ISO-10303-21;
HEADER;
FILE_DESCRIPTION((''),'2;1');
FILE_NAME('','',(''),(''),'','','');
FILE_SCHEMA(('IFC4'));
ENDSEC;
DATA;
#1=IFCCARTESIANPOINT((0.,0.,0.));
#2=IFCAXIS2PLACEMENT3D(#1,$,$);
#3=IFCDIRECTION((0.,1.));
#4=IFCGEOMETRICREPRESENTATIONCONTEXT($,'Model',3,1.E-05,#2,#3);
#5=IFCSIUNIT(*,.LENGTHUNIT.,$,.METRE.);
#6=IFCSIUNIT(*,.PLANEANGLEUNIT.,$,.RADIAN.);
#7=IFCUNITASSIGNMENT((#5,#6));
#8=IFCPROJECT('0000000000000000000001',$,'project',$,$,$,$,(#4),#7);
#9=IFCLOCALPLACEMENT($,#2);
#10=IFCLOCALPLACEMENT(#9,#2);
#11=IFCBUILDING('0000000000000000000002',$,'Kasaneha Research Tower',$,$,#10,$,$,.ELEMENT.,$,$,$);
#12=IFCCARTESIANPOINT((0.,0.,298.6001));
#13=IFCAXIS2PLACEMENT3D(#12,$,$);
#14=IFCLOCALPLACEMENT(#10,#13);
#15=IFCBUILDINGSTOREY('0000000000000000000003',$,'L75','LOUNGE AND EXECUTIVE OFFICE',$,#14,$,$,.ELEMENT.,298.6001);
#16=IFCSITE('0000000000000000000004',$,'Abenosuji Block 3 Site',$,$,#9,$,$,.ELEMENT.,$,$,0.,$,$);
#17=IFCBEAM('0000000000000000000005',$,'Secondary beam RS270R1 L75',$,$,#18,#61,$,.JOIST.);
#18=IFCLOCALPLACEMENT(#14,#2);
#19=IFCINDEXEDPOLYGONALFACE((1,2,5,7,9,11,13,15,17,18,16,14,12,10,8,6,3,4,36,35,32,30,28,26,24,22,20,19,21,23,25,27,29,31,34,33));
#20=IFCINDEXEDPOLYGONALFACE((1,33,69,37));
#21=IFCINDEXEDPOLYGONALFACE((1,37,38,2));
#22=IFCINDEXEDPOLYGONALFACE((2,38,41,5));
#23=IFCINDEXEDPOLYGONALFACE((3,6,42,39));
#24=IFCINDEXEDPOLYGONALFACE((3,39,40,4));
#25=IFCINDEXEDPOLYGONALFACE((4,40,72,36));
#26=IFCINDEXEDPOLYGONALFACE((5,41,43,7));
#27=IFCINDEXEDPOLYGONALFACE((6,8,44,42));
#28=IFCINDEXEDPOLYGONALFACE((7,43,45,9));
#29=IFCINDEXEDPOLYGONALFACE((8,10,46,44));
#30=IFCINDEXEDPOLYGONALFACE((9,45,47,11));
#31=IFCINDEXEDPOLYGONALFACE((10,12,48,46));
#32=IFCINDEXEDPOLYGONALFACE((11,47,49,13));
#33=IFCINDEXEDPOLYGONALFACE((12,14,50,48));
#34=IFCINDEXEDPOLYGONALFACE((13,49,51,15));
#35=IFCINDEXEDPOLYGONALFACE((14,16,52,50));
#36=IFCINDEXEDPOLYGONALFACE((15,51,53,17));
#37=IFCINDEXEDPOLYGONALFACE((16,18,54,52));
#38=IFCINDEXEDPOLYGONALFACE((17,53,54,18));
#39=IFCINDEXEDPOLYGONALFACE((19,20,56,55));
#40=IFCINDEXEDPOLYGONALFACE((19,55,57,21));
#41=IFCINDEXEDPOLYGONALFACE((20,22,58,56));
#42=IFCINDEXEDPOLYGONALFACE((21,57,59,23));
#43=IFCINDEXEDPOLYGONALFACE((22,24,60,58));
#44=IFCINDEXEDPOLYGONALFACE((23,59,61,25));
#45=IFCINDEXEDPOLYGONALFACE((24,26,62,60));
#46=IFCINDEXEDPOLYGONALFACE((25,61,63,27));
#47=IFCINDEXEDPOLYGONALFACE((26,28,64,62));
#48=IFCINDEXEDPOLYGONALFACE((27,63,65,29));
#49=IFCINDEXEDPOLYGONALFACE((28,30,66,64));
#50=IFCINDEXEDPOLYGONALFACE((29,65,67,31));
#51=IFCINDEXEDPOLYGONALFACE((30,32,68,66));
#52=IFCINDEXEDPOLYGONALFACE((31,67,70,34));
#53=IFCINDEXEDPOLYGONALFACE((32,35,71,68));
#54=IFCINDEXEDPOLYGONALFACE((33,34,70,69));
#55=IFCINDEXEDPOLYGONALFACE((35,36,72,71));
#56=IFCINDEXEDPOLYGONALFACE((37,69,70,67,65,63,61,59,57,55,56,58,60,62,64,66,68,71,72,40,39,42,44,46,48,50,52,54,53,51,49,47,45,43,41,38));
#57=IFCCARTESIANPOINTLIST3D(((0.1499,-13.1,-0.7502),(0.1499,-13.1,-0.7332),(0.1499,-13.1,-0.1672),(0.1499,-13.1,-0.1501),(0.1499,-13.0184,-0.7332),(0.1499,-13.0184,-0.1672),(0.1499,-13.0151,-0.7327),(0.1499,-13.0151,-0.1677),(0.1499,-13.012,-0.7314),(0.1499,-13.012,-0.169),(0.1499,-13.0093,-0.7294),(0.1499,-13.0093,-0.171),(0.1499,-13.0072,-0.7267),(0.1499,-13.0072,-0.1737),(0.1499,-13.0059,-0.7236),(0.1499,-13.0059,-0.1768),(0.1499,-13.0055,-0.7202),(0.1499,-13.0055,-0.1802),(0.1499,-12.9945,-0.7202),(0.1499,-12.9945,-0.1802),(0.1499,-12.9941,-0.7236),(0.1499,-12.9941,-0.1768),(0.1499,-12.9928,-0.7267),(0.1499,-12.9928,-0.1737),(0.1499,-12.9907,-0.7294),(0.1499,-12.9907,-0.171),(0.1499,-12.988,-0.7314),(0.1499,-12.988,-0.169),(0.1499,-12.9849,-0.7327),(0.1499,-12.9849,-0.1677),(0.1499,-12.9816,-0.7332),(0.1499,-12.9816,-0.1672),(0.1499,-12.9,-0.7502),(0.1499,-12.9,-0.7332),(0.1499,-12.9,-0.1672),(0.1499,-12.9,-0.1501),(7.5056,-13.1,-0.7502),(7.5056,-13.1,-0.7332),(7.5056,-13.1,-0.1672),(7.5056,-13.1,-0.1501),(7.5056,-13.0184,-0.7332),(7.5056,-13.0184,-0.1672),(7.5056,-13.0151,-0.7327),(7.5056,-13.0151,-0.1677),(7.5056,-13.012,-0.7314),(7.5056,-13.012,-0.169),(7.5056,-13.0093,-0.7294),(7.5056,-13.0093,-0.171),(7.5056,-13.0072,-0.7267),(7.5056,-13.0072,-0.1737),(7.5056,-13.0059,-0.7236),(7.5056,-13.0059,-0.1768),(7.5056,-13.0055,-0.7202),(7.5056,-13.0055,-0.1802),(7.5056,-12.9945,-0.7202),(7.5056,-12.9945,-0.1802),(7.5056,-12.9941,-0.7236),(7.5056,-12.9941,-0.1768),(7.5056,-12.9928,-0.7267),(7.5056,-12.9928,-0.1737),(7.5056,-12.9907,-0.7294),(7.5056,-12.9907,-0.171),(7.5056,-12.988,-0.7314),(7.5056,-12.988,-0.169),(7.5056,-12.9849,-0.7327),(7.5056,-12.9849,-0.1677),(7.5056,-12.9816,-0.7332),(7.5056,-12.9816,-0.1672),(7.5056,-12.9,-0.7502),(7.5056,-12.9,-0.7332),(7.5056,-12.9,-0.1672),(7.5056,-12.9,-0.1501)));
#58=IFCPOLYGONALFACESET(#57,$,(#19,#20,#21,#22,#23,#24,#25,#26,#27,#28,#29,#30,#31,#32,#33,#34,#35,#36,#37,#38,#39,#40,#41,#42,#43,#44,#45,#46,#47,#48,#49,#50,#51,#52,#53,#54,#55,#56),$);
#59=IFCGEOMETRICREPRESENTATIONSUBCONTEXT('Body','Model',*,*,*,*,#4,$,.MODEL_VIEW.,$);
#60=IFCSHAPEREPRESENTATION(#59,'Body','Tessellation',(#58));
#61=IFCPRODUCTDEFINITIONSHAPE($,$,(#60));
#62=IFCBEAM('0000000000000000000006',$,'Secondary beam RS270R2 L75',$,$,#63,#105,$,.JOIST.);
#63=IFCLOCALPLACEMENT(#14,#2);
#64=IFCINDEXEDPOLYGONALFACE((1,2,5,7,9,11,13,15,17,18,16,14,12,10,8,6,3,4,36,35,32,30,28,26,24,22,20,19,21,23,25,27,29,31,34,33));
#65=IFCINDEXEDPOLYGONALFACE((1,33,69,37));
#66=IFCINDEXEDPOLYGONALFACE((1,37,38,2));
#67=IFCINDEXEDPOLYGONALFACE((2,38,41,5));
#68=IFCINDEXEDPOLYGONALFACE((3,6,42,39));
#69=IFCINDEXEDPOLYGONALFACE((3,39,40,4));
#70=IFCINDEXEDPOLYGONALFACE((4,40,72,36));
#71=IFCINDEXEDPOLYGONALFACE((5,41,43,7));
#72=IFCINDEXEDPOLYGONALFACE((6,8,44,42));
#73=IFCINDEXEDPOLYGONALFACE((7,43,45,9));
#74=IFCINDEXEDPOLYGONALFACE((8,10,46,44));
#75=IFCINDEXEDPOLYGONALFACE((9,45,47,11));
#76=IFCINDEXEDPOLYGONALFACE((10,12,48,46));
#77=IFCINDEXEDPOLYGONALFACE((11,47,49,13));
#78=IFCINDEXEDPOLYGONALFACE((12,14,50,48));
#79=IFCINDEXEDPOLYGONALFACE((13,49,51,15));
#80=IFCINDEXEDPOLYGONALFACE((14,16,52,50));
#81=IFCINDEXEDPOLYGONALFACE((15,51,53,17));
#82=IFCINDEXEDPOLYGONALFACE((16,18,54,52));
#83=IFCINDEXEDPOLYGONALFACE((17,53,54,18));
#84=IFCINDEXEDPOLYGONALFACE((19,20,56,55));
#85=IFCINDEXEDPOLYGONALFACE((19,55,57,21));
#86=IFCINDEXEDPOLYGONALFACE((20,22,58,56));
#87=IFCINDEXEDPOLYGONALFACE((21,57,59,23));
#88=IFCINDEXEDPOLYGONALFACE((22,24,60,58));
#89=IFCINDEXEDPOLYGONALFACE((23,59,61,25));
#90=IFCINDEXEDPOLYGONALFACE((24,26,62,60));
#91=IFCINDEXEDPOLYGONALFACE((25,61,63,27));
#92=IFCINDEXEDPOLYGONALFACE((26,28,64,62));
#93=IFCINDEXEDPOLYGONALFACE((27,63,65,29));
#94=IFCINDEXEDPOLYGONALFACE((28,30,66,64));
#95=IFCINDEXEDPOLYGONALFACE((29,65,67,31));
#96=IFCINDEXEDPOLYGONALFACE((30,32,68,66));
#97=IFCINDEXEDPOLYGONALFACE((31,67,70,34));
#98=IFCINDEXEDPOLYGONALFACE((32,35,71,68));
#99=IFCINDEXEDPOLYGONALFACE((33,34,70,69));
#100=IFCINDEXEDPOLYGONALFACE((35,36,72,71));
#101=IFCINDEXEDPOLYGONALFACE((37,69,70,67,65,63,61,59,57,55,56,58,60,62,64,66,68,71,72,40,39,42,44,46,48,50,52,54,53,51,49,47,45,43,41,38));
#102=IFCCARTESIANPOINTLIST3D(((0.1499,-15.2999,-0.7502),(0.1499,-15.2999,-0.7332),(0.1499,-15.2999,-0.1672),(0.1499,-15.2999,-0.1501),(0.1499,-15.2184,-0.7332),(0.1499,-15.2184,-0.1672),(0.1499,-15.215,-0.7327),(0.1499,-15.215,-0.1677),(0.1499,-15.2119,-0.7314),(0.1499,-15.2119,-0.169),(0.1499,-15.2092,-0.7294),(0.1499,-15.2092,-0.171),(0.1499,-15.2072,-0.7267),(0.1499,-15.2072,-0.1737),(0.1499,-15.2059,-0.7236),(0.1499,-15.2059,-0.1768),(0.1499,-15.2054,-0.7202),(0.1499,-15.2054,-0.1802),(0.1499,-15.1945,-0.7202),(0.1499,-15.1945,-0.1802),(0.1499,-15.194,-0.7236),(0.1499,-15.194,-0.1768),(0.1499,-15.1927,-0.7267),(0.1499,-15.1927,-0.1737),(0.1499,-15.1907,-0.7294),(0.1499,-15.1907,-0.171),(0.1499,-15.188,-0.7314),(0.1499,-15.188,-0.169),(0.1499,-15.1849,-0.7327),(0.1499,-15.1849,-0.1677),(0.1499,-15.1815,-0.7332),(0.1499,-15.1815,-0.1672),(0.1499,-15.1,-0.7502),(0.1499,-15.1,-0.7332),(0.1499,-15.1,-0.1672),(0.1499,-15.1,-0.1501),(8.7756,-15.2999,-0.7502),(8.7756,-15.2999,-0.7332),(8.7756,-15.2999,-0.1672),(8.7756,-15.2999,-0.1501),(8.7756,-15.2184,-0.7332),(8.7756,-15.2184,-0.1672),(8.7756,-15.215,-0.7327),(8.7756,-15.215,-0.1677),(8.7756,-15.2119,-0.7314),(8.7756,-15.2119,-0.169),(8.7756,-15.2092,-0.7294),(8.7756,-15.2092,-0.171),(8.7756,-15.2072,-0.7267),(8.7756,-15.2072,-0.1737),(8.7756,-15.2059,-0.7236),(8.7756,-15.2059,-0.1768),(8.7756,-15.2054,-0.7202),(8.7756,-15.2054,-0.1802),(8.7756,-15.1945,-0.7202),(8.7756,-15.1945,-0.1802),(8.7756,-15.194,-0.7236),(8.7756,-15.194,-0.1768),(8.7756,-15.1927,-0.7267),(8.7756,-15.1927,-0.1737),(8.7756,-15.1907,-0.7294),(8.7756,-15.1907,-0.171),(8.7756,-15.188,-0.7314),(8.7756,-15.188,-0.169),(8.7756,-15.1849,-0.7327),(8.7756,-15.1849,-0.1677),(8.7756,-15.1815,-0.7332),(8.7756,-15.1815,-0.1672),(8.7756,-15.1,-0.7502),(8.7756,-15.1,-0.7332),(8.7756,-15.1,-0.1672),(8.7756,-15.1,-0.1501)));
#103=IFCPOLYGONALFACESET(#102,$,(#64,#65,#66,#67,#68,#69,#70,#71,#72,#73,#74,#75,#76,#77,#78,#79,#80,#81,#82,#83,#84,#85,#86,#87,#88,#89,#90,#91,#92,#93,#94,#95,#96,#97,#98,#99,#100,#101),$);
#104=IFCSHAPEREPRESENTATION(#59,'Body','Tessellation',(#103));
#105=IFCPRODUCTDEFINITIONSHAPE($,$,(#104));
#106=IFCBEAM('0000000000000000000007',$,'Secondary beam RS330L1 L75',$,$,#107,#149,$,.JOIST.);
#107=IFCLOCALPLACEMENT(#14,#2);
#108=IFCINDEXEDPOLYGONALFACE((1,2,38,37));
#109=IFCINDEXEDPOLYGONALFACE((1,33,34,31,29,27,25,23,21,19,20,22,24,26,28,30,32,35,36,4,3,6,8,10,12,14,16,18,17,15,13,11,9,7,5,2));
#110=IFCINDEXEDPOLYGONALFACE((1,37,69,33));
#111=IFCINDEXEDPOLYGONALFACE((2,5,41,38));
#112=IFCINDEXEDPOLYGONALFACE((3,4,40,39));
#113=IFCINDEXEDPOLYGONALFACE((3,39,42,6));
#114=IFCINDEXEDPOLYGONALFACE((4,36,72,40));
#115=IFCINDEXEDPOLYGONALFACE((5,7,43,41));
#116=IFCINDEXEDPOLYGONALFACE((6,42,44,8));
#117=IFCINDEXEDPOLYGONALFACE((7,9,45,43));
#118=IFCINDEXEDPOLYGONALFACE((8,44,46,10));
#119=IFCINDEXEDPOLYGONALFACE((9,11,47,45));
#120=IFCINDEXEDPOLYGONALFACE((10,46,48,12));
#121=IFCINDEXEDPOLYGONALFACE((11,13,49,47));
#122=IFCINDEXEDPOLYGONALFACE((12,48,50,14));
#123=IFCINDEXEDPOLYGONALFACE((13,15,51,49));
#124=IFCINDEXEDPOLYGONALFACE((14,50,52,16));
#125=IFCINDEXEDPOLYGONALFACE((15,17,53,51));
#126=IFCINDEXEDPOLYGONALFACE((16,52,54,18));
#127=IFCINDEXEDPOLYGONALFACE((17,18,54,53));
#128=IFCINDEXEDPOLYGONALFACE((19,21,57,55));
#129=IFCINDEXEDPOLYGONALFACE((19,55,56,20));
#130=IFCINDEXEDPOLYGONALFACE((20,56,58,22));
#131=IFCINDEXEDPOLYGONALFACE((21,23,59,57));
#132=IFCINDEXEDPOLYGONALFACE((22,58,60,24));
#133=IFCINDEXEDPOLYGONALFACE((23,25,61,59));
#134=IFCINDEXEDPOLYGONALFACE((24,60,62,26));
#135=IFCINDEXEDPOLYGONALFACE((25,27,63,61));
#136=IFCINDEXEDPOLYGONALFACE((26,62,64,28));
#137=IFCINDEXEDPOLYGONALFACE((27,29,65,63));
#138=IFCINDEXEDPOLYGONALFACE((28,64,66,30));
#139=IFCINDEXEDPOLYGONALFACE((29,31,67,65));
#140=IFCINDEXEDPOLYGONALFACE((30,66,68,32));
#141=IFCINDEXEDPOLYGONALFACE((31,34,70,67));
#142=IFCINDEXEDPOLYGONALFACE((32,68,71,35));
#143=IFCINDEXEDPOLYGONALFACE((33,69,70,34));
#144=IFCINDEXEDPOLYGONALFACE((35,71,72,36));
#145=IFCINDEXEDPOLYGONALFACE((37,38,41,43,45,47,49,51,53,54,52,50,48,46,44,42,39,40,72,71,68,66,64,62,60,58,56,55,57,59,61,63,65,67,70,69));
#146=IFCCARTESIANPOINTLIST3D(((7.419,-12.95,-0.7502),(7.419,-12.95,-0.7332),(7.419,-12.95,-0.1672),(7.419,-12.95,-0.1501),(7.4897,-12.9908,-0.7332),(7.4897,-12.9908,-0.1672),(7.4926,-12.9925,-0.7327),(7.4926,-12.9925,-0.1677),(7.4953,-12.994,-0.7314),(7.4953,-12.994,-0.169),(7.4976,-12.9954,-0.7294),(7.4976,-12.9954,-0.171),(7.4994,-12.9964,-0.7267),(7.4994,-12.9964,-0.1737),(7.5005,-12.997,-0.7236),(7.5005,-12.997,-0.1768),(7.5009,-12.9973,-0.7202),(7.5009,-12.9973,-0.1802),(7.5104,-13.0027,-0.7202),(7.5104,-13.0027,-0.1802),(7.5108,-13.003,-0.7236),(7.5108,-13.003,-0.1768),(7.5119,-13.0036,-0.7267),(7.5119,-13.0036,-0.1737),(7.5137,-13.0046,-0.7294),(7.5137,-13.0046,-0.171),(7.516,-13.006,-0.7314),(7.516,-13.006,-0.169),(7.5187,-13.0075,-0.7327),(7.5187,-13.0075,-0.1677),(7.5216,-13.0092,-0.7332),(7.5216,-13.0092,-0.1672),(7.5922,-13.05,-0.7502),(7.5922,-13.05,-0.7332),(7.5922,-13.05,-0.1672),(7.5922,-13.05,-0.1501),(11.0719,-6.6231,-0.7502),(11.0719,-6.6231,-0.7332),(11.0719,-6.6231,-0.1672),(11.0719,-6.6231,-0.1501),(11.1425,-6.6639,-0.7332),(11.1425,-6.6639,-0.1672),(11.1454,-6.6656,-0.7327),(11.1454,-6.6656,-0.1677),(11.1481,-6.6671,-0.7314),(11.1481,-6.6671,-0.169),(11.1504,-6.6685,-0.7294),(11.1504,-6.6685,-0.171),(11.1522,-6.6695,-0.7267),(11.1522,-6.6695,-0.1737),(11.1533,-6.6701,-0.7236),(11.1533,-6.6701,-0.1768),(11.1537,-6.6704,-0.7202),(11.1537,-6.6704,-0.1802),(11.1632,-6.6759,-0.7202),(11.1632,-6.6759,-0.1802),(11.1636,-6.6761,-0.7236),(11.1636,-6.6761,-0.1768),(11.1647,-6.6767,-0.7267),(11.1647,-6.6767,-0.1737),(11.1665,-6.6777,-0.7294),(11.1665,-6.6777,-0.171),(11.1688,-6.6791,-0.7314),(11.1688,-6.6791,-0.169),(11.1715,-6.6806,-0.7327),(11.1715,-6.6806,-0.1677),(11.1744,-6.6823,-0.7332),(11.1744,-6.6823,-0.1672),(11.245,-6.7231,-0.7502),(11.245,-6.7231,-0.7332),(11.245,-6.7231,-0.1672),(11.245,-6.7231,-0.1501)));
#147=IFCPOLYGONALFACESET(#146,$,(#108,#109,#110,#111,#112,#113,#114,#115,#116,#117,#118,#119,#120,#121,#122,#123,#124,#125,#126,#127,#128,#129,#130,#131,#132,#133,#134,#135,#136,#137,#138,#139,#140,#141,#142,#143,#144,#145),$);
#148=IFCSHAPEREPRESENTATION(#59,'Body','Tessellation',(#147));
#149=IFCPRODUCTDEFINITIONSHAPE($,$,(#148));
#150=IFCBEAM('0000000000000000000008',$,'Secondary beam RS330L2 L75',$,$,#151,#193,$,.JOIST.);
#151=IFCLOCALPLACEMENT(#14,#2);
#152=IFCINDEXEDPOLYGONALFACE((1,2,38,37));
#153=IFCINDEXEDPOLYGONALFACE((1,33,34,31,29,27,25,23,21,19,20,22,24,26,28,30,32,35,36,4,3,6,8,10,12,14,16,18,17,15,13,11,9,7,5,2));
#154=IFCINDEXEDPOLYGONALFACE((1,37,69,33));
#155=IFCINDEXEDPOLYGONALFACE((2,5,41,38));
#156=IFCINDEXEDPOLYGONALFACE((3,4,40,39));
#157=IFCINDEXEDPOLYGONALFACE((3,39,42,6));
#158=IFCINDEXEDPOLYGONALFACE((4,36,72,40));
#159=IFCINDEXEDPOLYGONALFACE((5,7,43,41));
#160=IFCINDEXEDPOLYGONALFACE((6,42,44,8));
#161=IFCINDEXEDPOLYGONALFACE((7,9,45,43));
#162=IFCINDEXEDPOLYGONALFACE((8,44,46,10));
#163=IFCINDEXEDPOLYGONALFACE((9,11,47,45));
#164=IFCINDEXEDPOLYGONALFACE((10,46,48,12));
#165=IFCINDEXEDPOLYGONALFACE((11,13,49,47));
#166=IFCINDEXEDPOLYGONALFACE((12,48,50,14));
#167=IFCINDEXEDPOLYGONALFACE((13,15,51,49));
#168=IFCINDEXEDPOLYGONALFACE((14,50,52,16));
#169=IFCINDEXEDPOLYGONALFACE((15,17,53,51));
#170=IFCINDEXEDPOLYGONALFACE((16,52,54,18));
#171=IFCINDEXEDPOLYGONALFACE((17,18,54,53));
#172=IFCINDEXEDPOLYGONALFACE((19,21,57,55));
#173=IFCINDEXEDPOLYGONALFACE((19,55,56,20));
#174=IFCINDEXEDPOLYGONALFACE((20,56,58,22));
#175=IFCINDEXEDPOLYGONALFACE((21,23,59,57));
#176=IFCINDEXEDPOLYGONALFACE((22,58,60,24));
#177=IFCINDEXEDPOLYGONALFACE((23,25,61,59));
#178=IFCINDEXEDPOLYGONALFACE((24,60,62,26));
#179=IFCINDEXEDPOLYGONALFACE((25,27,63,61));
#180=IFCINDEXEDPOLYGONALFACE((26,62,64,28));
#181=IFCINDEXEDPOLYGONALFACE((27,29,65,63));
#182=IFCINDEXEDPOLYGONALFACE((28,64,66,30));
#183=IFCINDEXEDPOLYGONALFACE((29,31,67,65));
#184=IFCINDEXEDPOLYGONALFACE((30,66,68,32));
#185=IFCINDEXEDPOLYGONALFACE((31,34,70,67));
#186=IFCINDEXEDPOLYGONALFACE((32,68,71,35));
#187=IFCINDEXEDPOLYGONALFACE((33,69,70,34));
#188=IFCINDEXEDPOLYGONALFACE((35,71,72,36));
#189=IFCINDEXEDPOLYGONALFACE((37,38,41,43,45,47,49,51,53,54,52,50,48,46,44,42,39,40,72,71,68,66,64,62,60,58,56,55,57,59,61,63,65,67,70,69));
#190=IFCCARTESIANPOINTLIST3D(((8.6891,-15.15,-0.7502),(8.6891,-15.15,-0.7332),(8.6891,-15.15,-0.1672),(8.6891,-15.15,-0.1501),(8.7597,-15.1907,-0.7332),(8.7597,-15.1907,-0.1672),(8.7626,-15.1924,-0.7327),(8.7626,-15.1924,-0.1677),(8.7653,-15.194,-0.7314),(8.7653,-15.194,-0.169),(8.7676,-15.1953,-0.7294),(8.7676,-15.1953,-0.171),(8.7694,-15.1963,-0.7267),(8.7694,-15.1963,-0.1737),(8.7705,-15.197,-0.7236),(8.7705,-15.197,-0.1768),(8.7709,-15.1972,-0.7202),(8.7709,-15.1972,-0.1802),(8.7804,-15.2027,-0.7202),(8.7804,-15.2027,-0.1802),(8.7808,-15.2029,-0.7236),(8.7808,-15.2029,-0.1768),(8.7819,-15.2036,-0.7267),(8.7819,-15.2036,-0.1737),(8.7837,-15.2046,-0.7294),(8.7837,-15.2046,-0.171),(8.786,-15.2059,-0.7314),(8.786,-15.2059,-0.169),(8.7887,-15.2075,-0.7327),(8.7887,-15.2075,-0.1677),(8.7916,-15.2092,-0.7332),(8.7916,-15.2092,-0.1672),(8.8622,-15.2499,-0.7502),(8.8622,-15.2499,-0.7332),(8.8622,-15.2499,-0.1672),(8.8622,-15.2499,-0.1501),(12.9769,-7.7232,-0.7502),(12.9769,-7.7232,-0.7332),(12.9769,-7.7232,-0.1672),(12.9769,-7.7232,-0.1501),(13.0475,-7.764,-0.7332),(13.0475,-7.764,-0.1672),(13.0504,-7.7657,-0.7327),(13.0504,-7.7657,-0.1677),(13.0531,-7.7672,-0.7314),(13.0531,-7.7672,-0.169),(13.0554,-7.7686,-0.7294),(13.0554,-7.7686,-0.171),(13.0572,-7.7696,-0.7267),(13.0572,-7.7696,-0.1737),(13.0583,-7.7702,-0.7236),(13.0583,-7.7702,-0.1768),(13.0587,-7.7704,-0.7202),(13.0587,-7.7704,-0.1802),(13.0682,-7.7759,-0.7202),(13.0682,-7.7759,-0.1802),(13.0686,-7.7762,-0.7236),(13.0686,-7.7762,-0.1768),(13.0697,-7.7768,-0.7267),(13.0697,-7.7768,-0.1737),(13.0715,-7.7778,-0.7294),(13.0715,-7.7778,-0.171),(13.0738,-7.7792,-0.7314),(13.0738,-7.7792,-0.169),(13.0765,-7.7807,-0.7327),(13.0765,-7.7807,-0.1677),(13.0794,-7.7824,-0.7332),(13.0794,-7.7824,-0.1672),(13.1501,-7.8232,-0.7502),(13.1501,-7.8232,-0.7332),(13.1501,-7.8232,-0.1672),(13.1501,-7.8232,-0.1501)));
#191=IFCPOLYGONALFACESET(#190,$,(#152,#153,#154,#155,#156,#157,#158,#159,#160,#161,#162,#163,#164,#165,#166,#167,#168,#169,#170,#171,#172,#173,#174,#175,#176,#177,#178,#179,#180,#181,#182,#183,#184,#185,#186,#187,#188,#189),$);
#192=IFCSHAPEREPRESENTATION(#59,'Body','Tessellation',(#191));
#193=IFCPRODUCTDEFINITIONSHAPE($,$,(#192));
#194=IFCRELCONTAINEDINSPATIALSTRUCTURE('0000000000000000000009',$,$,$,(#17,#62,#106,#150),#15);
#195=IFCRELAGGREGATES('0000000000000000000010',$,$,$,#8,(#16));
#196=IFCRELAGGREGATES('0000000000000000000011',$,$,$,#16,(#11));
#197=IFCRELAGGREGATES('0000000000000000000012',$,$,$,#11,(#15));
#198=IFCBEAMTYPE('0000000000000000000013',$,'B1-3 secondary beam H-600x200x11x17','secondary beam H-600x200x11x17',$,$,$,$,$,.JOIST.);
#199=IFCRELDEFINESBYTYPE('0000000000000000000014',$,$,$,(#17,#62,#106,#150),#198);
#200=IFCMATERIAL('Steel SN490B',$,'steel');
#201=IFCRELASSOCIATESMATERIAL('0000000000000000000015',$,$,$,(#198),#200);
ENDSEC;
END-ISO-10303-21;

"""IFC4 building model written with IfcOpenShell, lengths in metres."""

from ifc_helpers import new_model, si_unit, direction, frame, origin, origin_2d, place, context, subcontext, project, spatial, i_section, extrude, material, material_profile, profile_set, type_object, element, save


model = new_model("IFC4")

# Units and contexts
model_context = context("Model", 3, precision=1e-05, world=origin(), true_north=direction((0.0, 1.0)))
body_context = subcontext(model_context, "Body", "Model", "MODEL_VIEW")
ifc_project = project(units=[si_unit("LENGTHUNIT", "METRE"), si_unit("PLANEANGLEUNIT", "RADIAN")], contexts=[model_context])

# Site, building, storey
site_placement = place(None, origin())
site = spatial("IfcSite", under=ifc_project, at=site_placement, Name="Abenosuji Block 3 Site", CompositionType="ELEMENT", RefElevation=0.0)
building_placement = place(site_placement, origin())
building = spatial("IfcBuilding", under=site, at=building_placement, Name="Kasaneha Research Tower", CompositionType="ELEMENT")
storey_placement = place(building_placement, frame((0.0, 0.0, 298.6001)))
storey = spatial("IfcBuildingStorey", under=building, at=storey_placement, Name="L75", Description="LOUNGE AND EXECUTIVE OFFICE", CompositionType="ELEMENT", Elevation=298.6001)

# Beams
ifc_material_1 = material(Name="Steel SN490B", Category="steel")
ifc_material_profile_1 = material_profile(ifc_material_1, i_section(OverallWidth=0.2, OverallDepth=0.6001, WebThickness=0.011, FlangeThickness=0.0171, FilletRadius=0.0129, at=origin_2d()), Name="H-600x200x11x17")
ifc_profile_set_1 = profile_set([ifc_material_profile_1], Name="Steel SN490B")
beam_type_1 = type_object("IfcBeamType", Name="B1-3 secondary beam H-600x200x11x17", Description="secondary beam H-600x200x11x17", PredefinedType="JOIST", material=ifc_profile_set_1)
beam_1_placement = place(storey_placement, frame((7.5056, -13.0, -0.4502), z_axis=(-1.0, 0.0, 0.0), x_axis=(0.0, -1.0, 0.0)))
element("IfcBeam", 1, at=beam_1_placement, inside=storey, type_object=beam_type_1, Name="Secondary beam RS270R1 L75", PredefinedType="JOIST", context=body_context, shape_type="SweptSolid", body=[
    extrude(i_section(OverallWidth=0.2, OverallDepth=0.6001, WebThickness=0.011, FlangeThickness=0.0171, FilletRadius=0.0129, at=origin_2d()), origin(), (0.0, 0.0, 1.0), 7.3557),
])
beam_2_placement = place(storey_placement, frame((8.7756, -15.2, -0.4502), z_axis=(-1.0, 0.0, 0.0), x_axis=(0.0, -1.0, 0.0)))
element("IfcBeam", 2, at=beam_2_placement, inside=storey, type_object=beam_type_1, Name="Secondary beam RS270R2 L75", PredefinedType="JOIST", context=body_context, shape_type="SweptSolid", body=[
    extrude(i_section(OverallWidth=0.2, OverallDepth=0.6001, WebThickness=0.011, FlangeThickness=0.0171, FilletRadius=0.0129, at=origin_2d()), origin(), (0.0, 0.0, 1.0), 8.6257),
])
beam_3_placement = place(storey_placement, frame((7.5056, -13.0, -0.4502), z_axis=(0.499999, 0.866026, 0.0), x_axis=(-0.866026, 0.499999, 0.0)))
element("IfcBeam", 3, at=beam_3_placement, inside=storey, type_object=beam_type_1, Name="Secondary beam RS330L1 L75", PredefinedType="JOIST", context=body_context, shape_type="SweptSolid", body=[
    extrude(i_section(OverallWidth=0.2, OverallDepth=0.6001, WebThickness=0.011, FlangeThickness=0.0171, FilletRadius=0.0129, at=origin_2d()), origin(), (0.0, 0.0, 1.0), 7.3057),
])
beam_4_placement = place(storey_placement, frame((8.7756, -15.2, -0.4502), z_axis=(0.5, 0.866025, 0.0), x_axis=(-0.866025, 0.5, 0.0)))
element("IfcBeam", 4, at=beam_4_placement, inside=storey, type_object=beam_type_1, Name="Secondary beam RS330L2 L75", PredefinedType="JOIST", context=body_context, shape_type="SweptSolid", body=[
    extrude(i_section(OverallWidth=0.2, OverallDepth=0.6001, WebThickness=0.011, FlangeThickness=0.0171, FilletRadius=0.0129, at=origin_2d()), origin(), (0.0, 0.0, 1.0), 8.5757),
])

save(model, "model.ifc")
